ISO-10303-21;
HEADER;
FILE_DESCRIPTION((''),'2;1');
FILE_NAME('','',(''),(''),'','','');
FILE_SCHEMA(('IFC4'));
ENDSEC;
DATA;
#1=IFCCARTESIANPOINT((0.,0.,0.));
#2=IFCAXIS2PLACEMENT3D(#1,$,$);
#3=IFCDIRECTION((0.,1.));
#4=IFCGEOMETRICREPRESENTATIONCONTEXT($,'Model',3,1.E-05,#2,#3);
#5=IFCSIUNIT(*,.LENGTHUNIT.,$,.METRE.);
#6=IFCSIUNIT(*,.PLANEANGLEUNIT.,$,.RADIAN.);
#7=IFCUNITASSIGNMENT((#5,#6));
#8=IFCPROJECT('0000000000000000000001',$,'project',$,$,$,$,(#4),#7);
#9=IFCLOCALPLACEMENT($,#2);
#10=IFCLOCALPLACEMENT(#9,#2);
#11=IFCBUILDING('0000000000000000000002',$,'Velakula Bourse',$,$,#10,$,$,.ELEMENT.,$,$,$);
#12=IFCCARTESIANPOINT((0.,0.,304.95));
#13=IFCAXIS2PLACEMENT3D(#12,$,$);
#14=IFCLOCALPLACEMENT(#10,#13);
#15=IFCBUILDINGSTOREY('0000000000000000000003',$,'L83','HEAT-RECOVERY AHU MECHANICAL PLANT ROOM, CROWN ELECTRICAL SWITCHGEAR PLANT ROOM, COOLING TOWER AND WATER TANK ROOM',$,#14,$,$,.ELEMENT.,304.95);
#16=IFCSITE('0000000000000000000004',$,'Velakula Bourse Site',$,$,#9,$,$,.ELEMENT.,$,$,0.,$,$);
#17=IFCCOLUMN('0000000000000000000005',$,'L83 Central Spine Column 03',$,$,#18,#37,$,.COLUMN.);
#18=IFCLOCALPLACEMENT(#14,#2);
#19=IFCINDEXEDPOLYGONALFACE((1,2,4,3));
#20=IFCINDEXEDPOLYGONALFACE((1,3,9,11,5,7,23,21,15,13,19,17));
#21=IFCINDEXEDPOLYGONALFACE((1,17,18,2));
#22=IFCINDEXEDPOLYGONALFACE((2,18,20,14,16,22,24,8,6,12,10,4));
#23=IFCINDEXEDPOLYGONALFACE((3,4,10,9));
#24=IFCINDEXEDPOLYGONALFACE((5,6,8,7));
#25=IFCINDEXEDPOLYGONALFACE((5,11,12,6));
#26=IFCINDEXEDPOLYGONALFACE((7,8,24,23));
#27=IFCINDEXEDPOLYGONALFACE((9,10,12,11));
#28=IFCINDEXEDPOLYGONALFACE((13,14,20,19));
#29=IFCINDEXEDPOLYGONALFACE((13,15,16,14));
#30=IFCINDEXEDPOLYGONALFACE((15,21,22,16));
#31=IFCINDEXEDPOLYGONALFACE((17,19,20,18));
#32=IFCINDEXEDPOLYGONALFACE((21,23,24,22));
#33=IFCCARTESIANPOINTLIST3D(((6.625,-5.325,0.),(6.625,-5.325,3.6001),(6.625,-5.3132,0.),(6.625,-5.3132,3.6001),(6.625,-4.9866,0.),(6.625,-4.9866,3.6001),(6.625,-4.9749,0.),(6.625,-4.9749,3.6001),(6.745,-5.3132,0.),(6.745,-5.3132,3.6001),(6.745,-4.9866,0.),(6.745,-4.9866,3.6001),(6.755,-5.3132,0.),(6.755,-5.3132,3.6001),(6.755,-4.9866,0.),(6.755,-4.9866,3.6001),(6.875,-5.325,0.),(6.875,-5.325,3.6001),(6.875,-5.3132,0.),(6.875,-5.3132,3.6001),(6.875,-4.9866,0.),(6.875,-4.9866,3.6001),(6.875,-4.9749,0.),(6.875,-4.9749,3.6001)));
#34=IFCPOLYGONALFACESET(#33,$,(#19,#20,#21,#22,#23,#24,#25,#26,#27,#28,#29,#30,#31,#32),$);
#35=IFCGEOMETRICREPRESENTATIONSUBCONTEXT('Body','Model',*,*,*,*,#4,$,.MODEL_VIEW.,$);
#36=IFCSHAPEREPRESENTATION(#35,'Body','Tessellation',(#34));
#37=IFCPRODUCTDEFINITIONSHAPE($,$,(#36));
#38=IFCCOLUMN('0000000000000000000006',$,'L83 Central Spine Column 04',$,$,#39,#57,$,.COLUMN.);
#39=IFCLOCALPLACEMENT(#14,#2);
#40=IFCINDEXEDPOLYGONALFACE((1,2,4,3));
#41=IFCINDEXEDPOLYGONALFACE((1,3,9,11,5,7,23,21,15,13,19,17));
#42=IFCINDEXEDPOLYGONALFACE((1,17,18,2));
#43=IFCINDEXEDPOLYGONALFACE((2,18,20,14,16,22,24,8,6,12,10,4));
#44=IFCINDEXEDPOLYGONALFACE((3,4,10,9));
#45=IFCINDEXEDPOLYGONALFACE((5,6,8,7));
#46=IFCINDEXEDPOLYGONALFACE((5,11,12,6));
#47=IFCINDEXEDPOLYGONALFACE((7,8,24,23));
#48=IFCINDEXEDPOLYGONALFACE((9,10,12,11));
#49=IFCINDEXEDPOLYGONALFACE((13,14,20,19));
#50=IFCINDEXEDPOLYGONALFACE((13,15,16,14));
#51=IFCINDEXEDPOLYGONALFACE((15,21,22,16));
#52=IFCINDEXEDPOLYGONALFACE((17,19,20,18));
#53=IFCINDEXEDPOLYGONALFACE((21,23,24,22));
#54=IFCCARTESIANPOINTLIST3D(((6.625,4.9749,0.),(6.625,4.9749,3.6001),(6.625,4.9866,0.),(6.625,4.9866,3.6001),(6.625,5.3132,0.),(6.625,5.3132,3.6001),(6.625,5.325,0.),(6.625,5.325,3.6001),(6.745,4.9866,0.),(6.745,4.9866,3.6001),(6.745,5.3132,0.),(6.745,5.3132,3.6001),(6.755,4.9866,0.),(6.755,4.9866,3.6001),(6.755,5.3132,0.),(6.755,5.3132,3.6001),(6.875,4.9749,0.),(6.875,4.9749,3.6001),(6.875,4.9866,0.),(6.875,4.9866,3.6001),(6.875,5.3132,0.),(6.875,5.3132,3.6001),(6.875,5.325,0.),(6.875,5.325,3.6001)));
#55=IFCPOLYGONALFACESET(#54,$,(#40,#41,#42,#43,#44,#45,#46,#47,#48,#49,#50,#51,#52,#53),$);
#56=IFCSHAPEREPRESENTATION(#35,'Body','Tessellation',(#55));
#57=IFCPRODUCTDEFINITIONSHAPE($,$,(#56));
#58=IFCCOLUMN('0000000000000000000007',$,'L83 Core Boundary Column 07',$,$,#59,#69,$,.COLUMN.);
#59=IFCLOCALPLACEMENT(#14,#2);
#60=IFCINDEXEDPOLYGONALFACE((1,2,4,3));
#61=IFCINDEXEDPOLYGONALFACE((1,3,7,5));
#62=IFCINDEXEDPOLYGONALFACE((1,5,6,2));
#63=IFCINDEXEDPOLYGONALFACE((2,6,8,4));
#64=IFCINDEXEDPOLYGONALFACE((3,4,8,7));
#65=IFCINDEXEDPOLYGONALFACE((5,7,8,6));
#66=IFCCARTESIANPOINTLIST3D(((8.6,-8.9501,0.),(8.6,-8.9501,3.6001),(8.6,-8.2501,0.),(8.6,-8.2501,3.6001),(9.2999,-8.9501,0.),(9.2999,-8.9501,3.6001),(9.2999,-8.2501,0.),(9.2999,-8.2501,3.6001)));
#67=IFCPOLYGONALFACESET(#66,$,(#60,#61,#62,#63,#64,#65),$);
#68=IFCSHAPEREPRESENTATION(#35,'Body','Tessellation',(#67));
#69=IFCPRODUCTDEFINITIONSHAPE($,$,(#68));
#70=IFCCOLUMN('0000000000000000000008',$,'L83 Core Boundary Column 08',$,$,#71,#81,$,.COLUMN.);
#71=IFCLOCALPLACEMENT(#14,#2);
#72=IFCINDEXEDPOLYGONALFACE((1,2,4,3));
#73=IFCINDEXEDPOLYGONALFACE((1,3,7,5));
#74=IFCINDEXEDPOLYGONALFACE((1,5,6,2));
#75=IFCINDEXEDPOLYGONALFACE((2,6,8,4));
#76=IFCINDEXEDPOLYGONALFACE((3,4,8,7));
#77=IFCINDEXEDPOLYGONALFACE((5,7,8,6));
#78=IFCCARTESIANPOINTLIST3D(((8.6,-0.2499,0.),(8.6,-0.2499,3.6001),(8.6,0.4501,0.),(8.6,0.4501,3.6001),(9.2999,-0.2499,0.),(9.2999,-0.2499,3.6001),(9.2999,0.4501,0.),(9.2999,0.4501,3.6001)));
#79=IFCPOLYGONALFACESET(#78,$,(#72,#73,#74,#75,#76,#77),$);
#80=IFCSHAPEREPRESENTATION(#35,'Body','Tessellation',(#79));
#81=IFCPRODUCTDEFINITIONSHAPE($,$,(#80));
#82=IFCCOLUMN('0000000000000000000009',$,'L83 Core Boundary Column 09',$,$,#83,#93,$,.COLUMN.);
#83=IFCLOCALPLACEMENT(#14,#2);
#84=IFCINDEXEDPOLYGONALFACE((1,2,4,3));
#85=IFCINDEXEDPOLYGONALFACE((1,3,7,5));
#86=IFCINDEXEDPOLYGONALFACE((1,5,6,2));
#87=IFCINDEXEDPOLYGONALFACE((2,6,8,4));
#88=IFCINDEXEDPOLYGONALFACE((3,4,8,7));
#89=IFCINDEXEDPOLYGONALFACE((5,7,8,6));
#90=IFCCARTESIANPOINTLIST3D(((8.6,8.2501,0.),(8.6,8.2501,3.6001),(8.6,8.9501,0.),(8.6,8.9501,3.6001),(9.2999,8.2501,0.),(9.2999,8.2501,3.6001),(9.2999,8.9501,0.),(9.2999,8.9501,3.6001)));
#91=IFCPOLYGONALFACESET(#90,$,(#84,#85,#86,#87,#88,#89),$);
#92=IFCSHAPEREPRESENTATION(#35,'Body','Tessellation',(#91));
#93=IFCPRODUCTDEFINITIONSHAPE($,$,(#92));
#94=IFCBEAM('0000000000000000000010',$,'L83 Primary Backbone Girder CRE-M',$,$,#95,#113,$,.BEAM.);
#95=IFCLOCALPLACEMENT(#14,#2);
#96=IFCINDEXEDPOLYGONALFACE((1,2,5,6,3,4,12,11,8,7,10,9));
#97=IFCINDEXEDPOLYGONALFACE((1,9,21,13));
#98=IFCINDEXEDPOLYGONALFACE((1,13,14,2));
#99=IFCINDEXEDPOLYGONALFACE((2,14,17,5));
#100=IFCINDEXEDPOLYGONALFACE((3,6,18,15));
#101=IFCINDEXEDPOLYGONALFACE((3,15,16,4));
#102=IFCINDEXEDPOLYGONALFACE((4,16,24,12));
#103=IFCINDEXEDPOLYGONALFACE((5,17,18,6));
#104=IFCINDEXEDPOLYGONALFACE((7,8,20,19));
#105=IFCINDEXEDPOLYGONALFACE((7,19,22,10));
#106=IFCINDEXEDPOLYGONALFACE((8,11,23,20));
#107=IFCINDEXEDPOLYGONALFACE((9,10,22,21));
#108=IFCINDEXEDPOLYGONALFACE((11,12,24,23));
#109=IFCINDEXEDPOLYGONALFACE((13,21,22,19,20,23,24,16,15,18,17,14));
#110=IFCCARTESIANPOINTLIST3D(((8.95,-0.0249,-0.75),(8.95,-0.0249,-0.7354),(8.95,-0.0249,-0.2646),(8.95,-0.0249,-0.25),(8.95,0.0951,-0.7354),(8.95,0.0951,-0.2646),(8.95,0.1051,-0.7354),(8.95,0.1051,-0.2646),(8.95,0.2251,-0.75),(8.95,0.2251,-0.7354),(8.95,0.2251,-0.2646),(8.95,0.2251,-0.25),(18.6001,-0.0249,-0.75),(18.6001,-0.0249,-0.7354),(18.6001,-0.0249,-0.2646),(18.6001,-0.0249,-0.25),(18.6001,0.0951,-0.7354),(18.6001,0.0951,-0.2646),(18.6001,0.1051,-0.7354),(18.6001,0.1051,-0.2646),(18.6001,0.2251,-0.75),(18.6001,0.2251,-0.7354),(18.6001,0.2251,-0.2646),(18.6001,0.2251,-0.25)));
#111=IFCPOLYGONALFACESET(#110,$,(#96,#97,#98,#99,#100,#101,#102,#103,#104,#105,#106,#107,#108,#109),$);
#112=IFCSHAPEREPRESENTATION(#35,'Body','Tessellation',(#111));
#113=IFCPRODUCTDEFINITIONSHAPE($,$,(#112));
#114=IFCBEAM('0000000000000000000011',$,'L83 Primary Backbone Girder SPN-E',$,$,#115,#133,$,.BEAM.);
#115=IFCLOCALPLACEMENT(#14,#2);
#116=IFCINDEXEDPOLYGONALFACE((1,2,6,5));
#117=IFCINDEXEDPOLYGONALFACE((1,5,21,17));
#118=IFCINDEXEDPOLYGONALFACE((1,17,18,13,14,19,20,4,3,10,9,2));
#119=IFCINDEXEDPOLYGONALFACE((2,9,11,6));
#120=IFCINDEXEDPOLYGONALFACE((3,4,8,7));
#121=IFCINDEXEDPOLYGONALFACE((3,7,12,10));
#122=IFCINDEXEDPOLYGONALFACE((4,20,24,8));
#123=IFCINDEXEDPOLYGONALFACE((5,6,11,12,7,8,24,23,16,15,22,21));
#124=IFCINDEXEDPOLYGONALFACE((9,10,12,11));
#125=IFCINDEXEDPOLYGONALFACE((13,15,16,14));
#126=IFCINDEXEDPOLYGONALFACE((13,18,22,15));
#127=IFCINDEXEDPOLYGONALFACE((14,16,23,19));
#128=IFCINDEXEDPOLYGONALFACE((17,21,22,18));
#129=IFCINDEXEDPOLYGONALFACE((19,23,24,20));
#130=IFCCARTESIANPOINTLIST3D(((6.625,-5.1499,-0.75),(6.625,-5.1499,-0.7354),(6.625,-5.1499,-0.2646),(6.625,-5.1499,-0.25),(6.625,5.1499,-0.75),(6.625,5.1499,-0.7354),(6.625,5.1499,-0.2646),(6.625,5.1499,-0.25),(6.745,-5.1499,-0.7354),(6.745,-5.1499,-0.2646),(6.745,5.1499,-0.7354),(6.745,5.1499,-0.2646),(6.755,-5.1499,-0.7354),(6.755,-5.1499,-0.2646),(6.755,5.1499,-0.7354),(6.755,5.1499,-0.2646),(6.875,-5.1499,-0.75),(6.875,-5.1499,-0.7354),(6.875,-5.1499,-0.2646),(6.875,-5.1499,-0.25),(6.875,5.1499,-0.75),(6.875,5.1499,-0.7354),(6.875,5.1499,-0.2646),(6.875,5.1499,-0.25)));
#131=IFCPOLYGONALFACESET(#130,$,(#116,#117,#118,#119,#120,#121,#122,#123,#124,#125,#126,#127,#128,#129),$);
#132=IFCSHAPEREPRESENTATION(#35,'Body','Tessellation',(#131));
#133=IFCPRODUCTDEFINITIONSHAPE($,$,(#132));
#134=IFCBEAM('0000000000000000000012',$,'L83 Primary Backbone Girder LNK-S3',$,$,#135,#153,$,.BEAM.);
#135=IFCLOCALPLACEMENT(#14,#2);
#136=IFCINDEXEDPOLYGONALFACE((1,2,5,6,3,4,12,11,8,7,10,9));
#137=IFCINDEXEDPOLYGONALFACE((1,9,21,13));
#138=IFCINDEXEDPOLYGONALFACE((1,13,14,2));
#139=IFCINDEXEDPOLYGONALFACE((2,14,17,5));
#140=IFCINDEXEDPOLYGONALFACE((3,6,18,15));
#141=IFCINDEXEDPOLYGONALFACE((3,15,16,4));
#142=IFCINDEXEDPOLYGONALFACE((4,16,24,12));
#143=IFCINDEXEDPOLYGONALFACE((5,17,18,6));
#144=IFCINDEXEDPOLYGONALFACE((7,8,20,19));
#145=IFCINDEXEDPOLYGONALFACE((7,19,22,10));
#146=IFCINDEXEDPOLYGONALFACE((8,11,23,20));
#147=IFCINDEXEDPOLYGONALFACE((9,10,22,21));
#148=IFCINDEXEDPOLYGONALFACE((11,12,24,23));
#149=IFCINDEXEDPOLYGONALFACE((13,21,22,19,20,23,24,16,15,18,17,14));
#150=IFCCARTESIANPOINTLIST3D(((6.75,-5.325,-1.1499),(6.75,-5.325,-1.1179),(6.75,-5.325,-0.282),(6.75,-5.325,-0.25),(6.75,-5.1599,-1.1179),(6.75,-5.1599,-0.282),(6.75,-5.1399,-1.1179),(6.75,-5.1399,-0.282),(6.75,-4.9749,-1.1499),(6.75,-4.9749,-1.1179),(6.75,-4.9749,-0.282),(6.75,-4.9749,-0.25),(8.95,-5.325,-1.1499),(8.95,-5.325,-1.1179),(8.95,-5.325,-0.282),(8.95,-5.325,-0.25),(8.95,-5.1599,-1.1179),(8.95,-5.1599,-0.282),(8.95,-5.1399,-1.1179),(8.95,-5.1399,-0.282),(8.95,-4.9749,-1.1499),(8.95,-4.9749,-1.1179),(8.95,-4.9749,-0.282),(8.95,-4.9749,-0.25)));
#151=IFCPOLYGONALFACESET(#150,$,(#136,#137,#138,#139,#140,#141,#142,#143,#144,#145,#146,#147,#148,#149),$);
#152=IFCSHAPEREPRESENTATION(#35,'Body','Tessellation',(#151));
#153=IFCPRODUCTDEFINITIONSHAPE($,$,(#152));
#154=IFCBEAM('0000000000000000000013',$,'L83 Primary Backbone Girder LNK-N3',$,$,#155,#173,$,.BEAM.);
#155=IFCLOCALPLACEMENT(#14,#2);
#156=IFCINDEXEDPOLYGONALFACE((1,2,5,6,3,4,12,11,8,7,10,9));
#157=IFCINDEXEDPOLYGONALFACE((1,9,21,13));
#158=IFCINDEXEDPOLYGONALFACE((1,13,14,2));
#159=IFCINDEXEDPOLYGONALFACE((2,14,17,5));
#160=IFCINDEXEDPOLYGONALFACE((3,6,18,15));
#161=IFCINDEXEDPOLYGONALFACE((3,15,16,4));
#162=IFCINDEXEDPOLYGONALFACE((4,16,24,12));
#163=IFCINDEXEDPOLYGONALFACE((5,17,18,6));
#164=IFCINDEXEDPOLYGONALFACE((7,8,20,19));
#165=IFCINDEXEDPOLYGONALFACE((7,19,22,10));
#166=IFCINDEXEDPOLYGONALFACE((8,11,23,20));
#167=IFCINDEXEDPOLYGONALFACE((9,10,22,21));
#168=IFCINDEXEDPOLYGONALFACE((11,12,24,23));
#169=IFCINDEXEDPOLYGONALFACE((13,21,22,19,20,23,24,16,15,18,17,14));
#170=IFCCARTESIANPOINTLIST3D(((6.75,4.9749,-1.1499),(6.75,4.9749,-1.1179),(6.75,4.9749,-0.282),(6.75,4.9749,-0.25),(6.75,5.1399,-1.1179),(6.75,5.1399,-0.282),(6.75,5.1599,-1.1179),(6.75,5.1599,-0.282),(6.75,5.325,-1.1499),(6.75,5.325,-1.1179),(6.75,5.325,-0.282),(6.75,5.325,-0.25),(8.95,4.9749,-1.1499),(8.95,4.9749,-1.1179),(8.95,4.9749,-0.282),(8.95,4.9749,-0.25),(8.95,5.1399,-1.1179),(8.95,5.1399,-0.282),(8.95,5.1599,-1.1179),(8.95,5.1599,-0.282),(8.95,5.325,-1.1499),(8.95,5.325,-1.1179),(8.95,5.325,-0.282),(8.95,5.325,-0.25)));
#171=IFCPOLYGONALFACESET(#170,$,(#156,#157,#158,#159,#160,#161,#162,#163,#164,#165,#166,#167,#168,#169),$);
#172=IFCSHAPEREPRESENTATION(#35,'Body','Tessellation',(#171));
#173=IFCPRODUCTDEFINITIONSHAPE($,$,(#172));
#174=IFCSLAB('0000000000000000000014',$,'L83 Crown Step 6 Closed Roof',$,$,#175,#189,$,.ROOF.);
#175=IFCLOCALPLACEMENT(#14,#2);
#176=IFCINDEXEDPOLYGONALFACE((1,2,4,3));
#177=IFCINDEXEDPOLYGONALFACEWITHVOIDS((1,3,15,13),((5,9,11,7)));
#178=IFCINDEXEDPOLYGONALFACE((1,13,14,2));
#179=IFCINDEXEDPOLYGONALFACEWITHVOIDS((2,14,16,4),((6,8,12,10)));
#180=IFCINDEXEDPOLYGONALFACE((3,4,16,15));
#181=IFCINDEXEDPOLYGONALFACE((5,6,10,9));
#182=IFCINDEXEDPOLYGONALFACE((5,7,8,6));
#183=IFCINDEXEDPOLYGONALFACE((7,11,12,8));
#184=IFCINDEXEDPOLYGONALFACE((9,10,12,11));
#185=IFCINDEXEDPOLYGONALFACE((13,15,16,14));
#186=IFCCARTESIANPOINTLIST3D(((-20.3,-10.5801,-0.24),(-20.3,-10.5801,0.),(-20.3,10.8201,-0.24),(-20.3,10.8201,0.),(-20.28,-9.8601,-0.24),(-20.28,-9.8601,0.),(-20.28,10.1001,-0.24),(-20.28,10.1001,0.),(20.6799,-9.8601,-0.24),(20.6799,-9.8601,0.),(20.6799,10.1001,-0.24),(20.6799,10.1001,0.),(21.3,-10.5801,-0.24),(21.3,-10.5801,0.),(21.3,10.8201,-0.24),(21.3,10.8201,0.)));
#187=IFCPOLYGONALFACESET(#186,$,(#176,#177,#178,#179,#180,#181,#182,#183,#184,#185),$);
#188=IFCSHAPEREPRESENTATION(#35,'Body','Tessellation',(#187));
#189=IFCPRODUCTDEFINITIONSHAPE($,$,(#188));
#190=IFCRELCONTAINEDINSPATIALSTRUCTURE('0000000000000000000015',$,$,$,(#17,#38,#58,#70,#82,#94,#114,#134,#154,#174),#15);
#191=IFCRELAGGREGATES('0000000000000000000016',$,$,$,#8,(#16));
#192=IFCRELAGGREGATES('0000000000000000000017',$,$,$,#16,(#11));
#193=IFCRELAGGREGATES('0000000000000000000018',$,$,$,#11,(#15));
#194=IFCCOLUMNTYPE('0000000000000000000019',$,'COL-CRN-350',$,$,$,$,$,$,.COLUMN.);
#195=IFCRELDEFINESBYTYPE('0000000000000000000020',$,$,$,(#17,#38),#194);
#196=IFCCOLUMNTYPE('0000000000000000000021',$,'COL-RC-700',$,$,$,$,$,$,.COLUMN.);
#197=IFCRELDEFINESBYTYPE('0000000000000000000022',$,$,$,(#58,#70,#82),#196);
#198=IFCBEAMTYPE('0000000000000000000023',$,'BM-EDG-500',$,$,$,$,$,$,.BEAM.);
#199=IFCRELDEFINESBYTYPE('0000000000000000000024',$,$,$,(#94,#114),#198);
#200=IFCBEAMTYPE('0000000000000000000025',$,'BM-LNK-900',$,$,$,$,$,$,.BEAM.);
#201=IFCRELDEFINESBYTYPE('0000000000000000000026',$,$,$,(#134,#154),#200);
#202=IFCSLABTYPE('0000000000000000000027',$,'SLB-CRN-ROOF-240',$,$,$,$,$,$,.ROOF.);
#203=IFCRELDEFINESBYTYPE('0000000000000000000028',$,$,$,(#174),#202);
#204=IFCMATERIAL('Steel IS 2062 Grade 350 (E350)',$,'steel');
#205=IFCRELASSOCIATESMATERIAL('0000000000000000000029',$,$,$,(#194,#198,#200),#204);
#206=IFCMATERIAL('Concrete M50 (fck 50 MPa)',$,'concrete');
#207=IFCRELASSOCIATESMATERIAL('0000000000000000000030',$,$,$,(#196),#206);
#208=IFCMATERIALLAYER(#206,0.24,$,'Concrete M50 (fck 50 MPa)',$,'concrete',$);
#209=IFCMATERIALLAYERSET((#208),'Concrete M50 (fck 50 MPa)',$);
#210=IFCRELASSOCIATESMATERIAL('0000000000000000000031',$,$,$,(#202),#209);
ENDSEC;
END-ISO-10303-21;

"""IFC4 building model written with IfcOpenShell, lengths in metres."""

from ifc_helpers import new_model, si_unit, direction, frame, origin, origin_2d, place, context, subcontext, project, spatial, polyline, rectangle, i_section, outline, extrude, material, layer, layer_set, material_profile, profile_set, type_object, element, save


model = new_model("IFC4")

# Units and contexts
model_context = context("Model", 3, precision=1e-05, world=origin(), true_north=direction((0.0, 1.0)))
body_context = subcontext(model_context, "Body", "Model", "MODEL_VIEW")
ifc_project = project(units=[si_unit("LENGTHUNIT", "METRE"), si_unit("PLANEANGLEUNIT", "RADIAN")], contexts=[model_context])

# Site, building, storey
site_placement = place(None, origin())
site = spatial("IfcSite", under=ifc_project, at=site_placement, Name="Velakula Bourse Site", CompositionType="ELEMENT", RefElevation=0.0)
building_placement = place(site_placement, origin())
building = spatial("IfcBuilding", under=site, at=building_placement, Name="Velakula Bourse", CompositionType="ELEMENT")
storey_placement = place(building_placement, frame((0.0, 0.0, 304.95)))
storey = spatial("IfcBuildingStorey", under=building, at=storey_placement, Name="L83", Description="HEAT-RECOVERY AHU MECHANICAL PLANT ROOM, CROWN ELECTRICAL SWITCHGEAR PLANT ROOM, COOLING TOWER AND WATER TANK ROOM", CompositionType="ELEMENT", Elevation=304.95)

# Columns
ifc_material_1 = material(Name="Steel IS 2062 Grade 350 (E350)", Category="steel")
ifc_material_profile_1 = material_profile(ifc_material_1, i_section(OverallWidth=0.25, OverallDepth=0.3501, WebThickness=0.01, FlangeThickness=0.0117, at=origin_2d()), Name="Steel IS 2062 Grade 350 (E350)")
ifc_profile_set_1 = profile_set([ifc_material_profile_1], Name="Steel IS 2062 Grade 350 (E350)")
column_type_1 = type_object("IfcColumnType", Name="COL-CRN-350", PredefinedType="COLUMN", material=ifc_profile_set_1)
for number, where, z_axis, x_axis, name in (
    (1, (6.75, -5.1499, 0.0), (0.0, 0.0, 1.0), (1.0, 0.0, 0.0), "L83 Central Spine Column 03"),
    (2, (6.75, 5.1499, 0.0), (0.0, 0.0, 1.0), (1.0, 0.0, 0.0), "L83 Central Spine Column 04"),
):
    element("IfcColumn", number, at=place(storey_placement, frame(where, z_axis=z_axis, x_axis=x_axis)), inside=storey, type_object=column_type_1, Name=name, PredefinedType="COLUMN", context=body_context, shape_type="SweptSolid", body=[
        extrude(i_section(OverallWidth=0.25, OverallDepth=0.3501, WebThickness=0.01, FlangeThickness=0.0117, at=origin_2d()), origin(), (0.0, 0.0, 1.0), 3.6001),
    ])
ifc_material_2 = material(Name="Concrete M50 (fck 50 MPa)", Category="concrete")
ifc_material_profile_2 = material_profile(ifc_material_2, rectangle(XDim=0.7, YDim=0.7, at=origin_2d()), Name="Concrete M50 (fck 50 MPa)")
ifc_profile_set_2 = profile_set([ifc_material_profile_2], Name="Concrete M50 (fck 50 MPa)")
column_type_2 = type_object("IfcColumnType", Name="COL-RC-700", PredefinedType="COLUMN", material=ifc_profile_set_2)
for number, where, z_axis, x_axis, name in (
    (3, (8.95, -8.6001, 0.0), (0.0, 0.0, 1.0), (1.0, 0.0, 0.0), "L83 Core Boundary Column 07"),
    (4, (8.95, 0.1001, 0.0), (0.0, 0.0, 1.0), (1.0, 0.0, 0.0), "L83 Core Boundary Column 08"),
    (5, (8.95, 8.6001, 0.0), (0.0, 0.0, 1.0), (1.0, 0.0, 0.0), "L83 Core Boundary Column 09"),
):
    element("IfcColumn", number, at=place(storey_placement, frame(where, z_axis=z_axis, x_axis=x_axis)), inside=storey, type_object=column_type_2, Name=name, PredefinedType="COLUMN", context=body_context, shape_type="SweptSolid", body=[
        extrude(rectangle(XDim=0.7, YDim=0.7, at=origin_2d()), origin(), (0.0, 0.0, 1.0), 3.6001),
    ])

# Beams
ifc_material_profile_3 = material_profile(ifc_material_1, i_section(OverallWidth=0.25, OverallDepth=0.5, WebThickness=0.01, FlangeThickness=0.0146, at=origin_2d()), Name="Steel IS 2062 Grade 350 (E350)")
ifc_profile_set_3 = profile_set([ifc_material_profile_3], Name="Steel IS 2062 Grade 350 (E350)")
beam_type_1 = type_object("IfcBeamType", Name="BM-EDG-500", PredefinedType="BEAM", material=ifc_profile_set_3)
beam_1_placement = place(storey_placement, frame((8.95, 0.1001, -0.5), z_axis=(1.0, 0.0, 0.0), x_axis=(0.0, 1.0, 0.0)))
element("IfcBeam", 6, at=beam_1_placement, inside=storey, type_object=beam_type_1, Name="L83 Primary Backbone Girder CRE-M", PredefinedType="BEAM", context=body_context, shape_type="SweptSolid", body=[
    extrude(i_section(OverallWidth=0.25, OverallDepth=0.5, WebThickness=0.01, FlangeThickness=0.0146, at=origin_2d()), origin(), (0.0, 0.0, 1.0), 9.6501),
])
beam_2_placement = place(storey_placement, frame((6.75, -5.1499, -0.5), z_axis=(0.0, 1.0, 0.0), x_axis=(-1.0, 0.0, 0.0)))
element("IfcBeam", 7, at=beam_2_placement, inside=storey, type_object=beam_type_1, Name="L83 Primary Backbone Girder SPN-E", PredefinedType="BEAM", context=body_context, shape_type="SweptSolid", body=[
    extrude(i_section(OverallWidth=0.25, OverallDepth=0.5, WebThickness=0.01, FlangeThickness=0.0146, at=origin_2d()), origin(), (0.0, 0.0, 1.0), 10.2998),
])
ifc_material_profile_4 = material_profile(ifc_material_1, i_section(OverallWidth=0.3501, OverallDepth=0.8999, WebThickness=0.02, FlangeThickness=0.032, at=origin_2d()), Name="Steel IS 2062 Grade 350 (E350)")
ifc_profile_set_4 = profile_set([ifc_material_profile_4], Name="Steel IS 2062 Grade 350 (E350)")
beam_type_2 = type_object("IfcBeamType", Name="BM-LNK-900", PredefinedType="BEAM", material=ifc_profile_set_4)
for number, where, z_axis, x_axis, name in (
    (8, (6.75, -5.1499, -0.7), (1.0, 0.0, 0.0), (0.0, 1.0, 0.0), "L83 Primary Backbone Girder LNK-S3"),
    (9, (6.75, 5.1499, -0.7), (1.0, 0.0, 0.0), (0.0, 1.0, 0.0), "L83 Primary Backbone Girder LNK-N3"),
):
    element("IfcBeam", number, at=place(storey_placement, frame(where, z_axis=z_axis, x_axis=x_axis)), inside=storey, type_object=beam_type_2, Name=name, PredefinedType="BEAM", context=body_context, shape_type="SweptSolid", body=[
        extrude(i_section(OverallWidth=0.3501, OverallDepth=0.8999, WebThickness=0.02, FlangeThickness=0.032, at=origin_2d()), origin(), (0.0, 0.0, 1.0), 2.2),
    ])

# Slab
ifc_layer_1 = layer(ifc_material_2, 0.24, Name="Concrete M50 (fck 50 MPa)", Category="concrete")
ifc_layer_set_1 = layer_set([ifc_layer_1], Name="Concrete M50 (fck 50 MPa)")
slab_type_1 = type_object("IfcSlabType", Name="SLB-CRN-ROOF-240", PredefinedType="ROOF", material=ifc_layer_set_1)
slab_1_placement = place(storey_placement, frame((0.0, 0.0, -0.24)))
element("IfcSlab", 10, at=slab_1_placement, inside=storey, type_object=slab_type_1, Name="L83 Crown Step 6 Closed Roof", PredefinedType="ROOF", context=body_context, shape_type="SweptSolid", body=[
    extrude(outline(polyline([(-20.3, 10.8201), (21.3, 10.8201), (21.3, -10.5801), (-20.3, -10.5801), (-20.3, 10.8201)]), holes=[polyline([(20.6799, -9.8601), (20.6799, 10.1001), (-20.28, 10.1001), (-20.28, -9.8601), (20.6799, -9.8601)])]), origin(), (0.0, 0.0, 1.0), 0.24),
])

save(model, "model.ifc")
